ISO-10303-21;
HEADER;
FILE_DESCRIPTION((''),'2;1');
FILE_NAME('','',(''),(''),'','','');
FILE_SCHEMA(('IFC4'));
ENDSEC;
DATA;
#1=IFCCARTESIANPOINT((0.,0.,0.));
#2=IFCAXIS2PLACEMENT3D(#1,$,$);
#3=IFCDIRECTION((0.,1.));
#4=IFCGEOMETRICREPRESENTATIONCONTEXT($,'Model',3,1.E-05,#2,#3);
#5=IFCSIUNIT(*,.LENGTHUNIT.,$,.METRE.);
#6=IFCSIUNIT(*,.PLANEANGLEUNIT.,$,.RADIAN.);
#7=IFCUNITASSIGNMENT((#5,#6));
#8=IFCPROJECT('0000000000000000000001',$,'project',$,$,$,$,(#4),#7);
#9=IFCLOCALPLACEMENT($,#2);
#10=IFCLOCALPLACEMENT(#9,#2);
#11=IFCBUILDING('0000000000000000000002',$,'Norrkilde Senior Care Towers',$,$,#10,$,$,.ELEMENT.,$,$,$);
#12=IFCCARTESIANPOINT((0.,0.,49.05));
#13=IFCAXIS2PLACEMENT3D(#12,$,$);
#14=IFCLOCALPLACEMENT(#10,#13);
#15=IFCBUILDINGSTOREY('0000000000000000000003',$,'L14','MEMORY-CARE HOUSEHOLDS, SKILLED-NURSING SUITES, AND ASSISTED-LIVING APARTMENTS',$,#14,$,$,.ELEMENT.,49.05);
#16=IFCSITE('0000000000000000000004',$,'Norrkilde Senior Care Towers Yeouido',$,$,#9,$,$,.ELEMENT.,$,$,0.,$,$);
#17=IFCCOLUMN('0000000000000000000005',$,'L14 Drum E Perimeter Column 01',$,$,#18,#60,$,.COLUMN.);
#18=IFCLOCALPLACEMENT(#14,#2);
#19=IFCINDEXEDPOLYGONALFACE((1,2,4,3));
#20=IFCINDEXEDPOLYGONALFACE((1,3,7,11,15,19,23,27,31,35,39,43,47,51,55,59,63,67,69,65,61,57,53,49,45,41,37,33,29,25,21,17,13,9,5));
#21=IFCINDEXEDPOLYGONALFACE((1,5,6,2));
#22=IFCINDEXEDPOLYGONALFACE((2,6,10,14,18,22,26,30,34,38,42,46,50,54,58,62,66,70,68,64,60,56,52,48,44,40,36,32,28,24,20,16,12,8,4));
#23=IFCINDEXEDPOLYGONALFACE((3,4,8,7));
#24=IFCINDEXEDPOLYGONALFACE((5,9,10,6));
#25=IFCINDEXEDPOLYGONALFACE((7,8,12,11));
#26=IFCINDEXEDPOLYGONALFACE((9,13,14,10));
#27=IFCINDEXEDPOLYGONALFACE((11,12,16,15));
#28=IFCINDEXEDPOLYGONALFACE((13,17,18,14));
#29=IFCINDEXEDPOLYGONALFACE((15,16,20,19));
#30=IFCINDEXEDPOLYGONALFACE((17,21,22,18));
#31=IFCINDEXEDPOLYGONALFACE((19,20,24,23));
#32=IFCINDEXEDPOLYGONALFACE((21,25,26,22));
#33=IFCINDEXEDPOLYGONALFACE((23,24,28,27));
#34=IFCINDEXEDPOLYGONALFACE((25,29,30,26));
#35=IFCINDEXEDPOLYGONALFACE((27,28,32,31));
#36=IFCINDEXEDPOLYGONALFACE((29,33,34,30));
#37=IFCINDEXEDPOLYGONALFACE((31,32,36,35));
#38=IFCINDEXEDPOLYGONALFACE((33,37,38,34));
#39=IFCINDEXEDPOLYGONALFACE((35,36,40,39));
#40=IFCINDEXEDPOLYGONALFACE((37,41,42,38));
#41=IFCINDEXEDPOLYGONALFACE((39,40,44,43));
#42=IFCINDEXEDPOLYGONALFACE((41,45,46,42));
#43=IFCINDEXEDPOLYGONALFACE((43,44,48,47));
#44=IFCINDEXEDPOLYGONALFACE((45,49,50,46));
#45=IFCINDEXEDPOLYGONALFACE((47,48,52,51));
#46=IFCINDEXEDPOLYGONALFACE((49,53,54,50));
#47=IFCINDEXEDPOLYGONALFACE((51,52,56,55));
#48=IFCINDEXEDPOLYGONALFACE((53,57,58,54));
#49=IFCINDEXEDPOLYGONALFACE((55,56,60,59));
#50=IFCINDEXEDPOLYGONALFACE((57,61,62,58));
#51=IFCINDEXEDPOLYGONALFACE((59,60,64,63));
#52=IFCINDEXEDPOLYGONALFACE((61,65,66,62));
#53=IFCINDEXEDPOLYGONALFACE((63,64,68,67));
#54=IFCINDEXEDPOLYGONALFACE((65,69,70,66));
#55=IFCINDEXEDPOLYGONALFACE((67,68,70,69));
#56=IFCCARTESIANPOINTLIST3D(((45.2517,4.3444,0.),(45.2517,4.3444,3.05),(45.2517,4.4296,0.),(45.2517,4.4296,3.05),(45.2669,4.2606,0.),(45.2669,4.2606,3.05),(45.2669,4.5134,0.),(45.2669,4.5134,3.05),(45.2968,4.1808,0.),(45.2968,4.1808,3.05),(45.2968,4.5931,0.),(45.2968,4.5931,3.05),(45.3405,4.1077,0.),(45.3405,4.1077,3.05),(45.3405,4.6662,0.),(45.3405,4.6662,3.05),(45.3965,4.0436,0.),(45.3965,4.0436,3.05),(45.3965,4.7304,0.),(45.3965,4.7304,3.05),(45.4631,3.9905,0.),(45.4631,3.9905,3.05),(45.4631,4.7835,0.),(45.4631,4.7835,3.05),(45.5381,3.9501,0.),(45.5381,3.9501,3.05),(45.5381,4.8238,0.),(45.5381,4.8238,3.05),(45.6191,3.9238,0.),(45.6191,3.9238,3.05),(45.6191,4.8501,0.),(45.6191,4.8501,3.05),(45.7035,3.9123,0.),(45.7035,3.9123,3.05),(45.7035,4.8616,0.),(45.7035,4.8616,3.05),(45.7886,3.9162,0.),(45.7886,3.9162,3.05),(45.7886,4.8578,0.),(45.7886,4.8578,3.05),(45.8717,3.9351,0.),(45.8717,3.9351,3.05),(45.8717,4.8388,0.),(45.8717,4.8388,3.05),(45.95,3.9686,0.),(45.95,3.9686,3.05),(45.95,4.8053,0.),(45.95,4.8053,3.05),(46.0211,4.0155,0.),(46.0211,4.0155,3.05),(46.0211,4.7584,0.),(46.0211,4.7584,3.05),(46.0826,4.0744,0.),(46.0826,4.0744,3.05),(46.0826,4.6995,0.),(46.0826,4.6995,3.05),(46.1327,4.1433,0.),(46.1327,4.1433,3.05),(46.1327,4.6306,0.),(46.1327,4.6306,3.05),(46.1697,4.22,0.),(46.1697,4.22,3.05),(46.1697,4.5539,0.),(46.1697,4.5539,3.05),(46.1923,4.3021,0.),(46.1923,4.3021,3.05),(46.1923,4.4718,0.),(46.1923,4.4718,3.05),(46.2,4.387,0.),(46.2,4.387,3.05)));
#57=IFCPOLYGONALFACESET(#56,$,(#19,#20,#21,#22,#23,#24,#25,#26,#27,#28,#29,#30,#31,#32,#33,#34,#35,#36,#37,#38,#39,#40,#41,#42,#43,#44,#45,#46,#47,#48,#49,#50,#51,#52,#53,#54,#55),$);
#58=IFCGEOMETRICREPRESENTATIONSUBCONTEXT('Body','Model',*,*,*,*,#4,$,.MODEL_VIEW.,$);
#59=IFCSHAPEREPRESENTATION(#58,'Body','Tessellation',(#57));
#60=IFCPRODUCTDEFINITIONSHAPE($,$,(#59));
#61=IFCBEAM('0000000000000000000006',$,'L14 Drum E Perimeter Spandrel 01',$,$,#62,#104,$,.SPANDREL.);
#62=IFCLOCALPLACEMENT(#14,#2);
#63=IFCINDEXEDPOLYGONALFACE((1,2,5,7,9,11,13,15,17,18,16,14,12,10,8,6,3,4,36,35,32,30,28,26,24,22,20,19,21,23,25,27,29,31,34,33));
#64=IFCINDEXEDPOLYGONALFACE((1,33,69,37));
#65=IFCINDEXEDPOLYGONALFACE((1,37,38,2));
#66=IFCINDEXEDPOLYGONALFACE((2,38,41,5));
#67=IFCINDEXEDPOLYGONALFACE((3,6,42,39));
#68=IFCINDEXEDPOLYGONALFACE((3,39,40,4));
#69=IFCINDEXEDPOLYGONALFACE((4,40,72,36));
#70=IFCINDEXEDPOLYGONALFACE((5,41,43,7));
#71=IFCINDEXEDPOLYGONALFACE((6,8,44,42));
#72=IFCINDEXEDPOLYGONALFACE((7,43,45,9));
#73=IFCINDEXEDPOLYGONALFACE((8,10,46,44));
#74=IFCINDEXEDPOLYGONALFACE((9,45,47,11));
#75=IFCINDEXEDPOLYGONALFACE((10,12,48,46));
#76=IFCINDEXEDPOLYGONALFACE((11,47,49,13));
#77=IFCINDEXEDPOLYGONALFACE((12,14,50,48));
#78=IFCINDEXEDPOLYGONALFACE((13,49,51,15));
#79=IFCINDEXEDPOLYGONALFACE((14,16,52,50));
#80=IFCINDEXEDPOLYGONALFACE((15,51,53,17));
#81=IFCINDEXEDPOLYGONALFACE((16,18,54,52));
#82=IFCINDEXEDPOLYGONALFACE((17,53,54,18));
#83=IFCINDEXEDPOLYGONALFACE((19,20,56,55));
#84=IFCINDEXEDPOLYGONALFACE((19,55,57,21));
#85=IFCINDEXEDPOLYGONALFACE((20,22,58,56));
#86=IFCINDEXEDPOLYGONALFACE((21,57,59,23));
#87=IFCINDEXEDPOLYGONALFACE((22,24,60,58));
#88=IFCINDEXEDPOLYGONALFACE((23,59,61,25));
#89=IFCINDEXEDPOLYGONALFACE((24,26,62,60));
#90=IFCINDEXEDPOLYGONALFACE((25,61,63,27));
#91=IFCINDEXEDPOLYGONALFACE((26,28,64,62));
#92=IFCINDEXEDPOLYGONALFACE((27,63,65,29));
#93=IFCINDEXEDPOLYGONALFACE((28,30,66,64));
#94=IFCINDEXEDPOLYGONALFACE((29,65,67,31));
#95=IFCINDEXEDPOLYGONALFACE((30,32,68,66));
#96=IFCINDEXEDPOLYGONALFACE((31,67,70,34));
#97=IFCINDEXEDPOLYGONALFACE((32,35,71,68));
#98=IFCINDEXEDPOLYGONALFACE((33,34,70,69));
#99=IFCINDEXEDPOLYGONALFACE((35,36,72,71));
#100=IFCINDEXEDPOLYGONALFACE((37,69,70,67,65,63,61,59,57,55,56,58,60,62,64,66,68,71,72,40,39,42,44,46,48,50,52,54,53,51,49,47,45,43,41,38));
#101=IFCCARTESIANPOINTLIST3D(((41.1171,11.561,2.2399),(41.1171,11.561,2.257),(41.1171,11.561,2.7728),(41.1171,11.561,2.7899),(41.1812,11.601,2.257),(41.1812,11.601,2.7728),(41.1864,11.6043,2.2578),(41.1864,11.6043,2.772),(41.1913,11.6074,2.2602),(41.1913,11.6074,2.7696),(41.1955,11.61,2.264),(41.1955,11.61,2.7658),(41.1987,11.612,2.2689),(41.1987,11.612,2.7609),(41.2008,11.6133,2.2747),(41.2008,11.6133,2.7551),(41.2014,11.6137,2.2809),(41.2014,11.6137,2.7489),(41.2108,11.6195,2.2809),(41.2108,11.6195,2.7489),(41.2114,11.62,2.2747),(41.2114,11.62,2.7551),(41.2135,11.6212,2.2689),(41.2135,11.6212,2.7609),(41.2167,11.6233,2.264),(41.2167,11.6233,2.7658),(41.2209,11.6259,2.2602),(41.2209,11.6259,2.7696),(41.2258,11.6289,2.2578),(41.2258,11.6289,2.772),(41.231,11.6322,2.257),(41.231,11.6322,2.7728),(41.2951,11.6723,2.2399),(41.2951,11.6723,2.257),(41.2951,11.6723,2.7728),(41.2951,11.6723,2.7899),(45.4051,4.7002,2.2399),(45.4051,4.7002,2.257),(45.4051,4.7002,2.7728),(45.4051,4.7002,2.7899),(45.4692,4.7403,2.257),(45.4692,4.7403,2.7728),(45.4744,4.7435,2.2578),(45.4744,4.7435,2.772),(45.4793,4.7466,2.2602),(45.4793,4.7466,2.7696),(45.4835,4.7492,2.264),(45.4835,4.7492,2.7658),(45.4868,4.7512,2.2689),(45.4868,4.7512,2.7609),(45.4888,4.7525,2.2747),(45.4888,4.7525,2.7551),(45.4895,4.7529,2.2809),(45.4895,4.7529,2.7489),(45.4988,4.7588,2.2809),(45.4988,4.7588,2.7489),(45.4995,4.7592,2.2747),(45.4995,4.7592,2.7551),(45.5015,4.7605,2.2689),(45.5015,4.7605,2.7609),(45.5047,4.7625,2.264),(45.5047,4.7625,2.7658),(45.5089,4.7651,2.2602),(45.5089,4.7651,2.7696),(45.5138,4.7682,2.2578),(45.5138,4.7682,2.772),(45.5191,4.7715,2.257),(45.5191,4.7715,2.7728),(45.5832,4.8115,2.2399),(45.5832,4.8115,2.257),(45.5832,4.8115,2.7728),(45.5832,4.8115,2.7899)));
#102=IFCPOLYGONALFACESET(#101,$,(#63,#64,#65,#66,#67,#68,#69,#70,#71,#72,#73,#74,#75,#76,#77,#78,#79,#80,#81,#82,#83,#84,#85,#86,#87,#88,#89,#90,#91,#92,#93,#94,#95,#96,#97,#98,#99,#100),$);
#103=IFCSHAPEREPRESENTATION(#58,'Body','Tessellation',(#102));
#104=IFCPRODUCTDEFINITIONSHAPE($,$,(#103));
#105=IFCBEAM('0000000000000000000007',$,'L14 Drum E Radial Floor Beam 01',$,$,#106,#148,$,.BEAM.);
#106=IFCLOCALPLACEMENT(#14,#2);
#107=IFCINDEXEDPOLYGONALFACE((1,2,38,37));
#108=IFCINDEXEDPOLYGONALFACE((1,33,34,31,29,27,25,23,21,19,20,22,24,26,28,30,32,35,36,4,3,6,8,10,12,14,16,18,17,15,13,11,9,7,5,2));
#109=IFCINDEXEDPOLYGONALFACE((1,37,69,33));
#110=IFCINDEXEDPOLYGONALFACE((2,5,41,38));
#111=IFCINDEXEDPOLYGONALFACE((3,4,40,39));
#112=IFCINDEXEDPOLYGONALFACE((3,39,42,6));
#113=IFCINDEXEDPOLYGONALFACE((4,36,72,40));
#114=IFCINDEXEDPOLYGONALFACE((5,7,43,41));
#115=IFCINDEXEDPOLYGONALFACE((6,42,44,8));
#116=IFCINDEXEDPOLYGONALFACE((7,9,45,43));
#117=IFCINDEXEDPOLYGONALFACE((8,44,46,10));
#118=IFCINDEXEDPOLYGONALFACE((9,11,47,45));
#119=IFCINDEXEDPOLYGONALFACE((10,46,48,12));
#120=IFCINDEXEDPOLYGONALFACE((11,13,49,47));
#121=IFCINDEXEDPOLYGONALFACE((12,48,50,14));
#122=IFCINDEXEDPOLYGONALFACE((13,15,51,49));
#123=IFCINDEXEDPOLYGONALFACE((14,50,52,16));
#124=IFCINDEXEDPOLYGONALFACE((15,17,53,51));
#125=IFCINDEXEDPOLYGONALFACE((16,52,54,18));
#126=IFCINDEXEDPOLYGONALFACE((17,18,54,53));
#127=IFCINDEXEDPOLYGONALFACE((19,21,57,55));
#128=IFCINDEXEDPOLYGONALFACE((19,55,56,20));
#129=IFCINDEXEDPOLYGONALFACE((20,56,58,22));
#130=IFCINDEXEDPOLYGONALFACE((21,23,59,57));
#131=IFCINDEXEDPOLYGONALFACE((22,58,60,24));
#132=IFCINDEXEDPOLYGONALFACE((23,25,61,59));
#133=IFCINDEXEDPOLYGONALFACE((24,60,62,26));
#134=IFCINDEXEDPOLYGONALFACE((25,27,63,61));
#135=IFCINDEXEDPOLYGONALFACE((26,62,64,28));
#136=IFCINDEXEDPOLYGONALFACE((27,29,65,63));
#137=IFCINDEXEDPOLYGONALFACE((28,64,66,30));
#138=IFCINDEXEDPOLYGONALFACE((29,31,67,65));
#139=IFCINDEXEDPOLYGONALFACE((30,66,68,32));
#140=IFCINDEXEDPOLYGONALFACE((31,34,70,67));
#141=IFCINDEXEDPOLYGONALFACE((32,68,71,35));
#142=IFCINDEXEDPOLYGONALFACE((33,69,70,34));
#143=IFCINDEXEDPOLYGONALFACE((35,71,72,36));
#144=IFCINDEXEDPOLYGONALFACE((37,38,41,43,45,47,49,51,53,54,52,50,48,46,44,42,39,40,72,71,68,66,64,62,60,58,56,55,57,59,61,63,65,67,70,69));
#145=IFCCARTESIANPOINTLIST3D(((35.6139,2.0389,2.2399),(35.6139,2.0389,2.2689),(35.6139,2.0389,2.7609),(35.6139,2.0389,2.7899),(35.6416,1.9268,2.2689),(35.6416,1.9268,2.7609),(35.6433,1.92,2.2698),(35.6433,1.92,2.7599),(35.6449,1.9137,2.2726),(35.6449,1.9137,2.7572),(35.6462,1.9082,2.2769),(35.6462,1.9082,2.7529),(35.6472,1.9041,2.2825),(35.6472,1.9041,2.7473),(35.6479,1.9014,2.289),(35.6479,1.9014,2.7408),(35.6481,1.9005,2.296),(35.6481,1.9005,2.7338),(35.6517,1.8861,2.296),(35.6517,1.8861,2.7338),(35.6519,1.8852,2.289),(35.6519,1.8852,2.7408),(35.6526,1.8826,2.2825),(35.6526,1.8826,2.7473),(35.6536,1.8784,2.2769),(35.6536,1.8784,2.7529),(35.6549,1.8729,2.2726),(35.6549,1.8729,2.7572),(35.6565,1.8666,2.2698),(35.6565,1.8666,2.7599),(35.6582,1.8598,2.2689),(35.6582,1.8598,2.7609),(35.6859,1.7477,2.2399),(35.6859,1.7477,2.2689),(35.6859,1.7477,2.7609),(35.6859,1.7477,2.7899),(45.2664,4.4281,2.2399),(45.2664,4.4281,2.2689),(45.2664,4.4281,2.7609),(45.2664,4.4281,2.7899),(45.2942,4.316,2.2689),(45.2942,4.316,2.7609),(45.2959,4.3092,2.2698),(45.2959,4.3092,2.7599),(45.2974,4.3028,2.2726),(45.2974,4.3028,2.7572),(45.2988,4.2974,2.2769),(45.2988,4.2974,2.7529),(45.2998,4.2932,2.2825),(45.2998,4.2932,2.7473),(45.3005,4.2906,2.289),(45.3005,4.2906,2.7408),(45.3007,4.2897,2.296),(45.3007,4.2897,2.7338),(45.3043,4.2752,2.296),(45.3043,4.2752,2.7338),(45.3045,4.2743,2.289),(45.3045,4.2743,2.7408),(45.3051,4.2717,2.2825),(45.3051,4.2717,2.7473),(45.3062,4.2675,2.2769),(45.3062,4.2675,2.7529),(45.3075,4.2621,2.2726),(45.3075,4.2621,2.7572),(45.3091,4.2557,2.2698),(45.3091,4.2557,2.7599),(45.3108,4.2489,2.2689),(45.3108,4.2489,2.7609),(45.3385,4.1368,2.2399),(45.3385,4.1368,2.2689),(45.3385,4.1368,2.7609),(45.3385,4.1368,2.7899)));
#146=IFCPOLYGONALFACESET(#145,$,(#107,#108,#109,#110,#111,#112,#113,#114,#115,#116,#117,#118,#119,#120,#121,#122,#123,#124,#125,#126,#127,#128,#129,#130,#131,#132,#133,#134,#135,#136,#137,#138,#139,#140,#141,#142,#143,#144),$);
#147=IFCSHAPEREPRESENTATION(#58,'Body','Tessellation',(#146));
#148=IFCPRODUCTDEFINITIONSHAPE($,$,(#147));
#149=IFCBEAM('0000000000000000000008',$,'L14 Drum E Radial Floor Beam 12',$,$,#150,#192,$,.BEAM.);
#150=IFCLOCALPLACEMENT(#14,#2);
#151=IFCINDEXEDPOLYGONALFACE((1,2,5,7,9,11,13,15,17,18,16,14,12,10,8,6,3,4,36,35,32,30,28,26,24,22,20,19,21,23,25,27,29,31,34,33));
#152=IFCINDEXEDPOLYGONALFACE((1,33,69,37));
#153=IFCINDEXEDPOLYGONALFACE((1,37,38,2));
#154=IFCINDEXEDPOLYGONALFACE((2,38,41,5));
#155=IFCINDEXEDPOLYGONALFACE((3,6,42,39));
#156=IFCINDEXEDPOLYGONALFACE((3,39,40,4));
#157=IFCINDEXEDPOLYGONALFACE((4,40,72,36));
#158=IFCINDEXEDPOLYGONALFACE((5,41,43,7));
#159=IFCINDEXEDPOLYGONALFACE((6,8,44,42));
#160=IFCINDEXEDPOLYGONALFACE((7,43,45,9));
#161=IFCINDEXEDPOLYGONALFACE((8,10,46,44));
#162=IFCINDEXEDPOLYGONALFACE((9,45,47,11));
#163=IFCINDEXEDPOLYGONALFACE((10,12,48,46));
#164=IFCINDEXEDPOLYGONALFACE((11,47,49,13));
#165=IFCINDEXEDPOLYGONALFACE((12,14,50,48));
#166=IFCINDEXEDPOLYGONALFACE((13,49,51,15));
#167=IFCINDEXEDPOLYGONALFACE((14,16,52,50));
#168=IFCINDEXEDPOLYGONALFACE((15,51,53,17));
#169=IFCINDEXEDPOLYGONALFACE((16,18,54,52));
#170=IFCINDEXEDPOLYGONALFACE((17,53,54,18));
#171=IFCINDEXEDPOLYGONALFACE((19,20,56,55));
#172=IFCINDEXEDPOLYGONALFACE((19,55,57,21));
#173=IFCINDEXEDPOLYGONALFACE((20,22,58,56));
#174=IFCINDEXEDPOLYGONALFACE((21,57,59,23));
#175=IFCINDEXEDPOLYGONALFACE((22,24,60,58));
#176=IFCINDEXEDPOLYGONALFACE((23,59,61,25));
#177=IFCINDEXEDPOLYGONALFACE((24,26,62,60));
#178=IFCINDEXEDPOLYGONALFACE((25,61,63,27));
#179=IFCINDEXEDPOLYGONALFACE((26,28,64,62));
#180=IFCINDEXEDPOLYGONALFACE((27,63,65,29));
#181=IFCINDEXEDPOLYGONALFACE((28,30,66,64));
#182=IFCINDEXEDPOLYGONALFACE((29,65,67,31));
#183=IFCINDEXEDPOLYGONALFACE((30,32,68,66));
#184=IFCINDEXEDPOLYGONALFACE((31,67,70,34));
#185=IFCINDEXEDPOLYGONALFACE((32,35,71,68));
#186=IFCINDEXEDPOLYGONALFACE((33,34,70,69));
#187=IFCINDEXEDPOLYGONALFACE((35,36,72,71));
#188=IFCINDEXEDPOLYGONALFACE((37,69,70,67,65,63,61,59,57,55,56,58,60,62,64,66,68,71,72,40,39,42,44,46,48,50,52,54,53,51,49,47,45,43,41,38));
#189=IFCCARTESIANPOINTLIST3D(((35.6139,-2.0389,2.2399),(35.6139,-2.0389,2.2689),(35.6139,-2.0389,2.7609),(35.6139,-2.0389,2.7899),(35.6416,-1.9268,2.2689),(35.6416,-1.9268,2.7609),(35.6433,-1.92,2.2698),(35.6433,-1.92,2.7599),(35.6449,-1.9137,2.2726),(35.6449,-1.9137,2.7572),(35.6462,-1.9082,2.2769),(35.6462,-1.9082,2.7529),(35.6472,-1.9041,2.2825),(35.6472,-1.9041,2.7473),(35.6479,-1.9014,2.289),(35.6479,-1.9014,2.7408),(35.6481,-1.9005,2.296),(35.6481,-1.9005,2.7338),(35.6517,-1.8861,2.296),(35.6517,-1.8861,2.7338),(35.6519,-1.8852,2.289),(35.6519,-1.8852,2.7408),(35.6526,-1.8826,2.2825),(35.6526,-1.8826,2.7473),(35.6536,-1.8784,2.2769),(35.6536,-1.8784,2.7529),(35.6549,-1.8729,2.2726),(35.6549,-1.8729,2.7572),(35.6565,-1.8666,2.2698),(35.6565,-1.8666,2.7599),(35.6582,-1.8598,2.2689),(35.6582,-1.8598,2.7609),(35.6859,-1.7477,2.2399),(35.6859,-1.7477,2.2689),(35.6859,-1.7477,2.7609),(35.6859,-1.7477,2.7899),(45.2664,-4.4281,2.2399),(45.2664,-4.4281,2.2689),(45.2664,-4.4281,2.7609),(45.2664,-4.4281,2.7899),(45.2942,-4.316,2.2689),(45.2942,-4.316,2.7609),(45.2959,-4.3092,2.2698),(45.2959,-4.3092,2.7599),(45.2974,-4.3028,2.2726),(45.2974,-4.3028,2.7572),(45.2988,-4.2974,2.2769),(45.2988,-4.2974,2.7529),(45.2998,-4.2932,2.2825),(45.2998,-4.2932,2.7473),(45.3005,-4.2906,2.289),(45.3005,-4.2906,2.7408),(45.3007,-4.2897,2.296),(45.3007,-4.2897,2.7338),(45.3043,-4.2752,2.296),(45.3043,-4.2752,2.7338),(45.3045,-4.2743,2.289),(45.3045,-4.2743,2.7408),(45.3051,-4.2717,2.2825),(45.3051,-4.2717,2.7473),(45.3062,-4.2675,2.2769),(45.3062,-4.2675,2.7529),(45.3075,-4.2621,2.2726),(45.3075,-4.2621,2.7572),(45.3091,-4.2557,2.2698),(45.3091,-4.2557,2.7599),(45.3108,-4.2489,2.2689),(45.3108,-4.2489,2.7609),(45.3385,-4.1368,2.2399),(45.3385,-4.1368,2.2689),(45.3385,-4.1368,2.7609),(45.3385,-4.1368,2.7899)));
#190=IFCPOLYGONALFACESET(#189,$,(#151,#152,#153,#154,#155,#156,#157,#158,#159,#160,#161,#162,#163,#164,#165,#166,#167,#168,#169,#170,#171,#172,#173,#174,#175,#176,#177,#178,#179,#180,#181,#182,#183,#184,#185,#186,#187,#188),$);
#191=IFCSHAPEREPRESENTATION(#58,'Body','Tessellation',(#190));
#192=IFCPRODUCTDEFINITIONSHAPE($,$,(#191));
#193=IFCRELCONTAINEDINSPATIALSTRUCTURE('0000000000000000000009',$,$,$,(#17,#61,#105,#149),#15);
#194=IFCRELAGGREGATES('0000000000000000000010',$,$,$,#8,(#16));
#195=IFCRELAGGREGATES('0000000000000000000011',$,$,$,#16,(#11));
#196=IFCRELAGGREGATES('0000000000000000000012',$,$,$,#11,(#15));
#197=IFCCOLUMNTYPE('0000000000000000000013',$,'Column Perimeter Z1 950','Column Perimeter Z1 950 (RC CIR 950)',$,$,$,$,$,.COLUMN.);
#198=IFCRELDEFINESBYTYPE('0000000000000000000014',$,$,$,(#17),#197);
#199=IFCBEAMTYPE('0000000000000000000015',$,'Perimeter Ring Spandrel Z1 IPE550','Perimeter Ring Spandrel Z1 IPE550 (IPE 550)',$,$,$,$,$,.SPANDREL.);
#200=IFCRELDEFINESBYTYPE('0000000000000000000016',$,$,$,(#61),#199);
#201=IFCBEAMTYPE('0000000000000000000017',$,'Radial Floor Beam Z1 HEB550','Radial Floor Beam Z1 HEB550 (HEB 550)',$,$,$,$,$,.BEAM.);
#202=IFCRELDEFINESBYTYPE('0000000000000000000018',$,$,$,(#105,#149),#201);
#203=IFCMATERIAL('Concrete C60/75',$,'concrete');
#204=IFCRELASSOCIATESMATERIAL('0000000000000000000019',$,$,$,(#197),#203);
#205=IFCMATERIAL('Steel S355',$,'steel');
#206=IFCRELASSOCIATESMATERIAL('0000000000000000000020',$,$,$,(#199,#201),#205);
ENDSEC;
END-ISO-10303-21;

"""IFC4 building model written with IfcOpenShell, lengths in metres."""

from ifc_helpers import new_model, si_unit, direction, frame, origin, origin_2d, place, context, subcontext, project, spatial, circle, i_section, extrude, source, transform, mapped, material, material_profile, profile_set, type_object, type_shapes, element, save


model = new_model("IFC4")

# Units and contexts
model_context = context("Model", 3, precision=1e-05, world=origin(), true_north=direction((0.0, 1.0)))
body_context = subcontext(model_context, "Body", "Model", "MODEL_VIEW")
ifc_project = project(units=[si_unit("LENGTHUNIT", "METRE"), si_unit("PLANEANGLEUNIT", "RADIAN")], contexts=[model_context])

# Site, building, storey
site_placement = place(None, origin())
site = spatial("IfcSite", under=ifc_project, at=site_placement, Name="Norrkilde Senior Care Towers Yeouido", CompositionType="ELEMENT", RefElevation=0.0)
building_placement = place(site_placement, origin())
building = spatial("IfcBuilding", under=site, at=building_placement, Name="Norrkilde Senior Care Towers", CompositionType="ELEMENT")
storey_placement = place(building_placement, frame((0.0, 0.0, 49.05)))
storey = spatial("IfcBuildingStorey", under=building, at=storey_placement, Name="L14", Description="MEMORY-CARE HOUSEHOLDS, SKILLED-NURSING SUITES, AND ASSISTED-LIVING APARTMENTS", CompositionType="ELEMENT", Elevation=49.05)

# Column
ifc_material_1 = material(Name="Concrete C60/75", Category="concrete")
ifc_material_profile_1 = material_profile(ifc_material_1, circle(Radius=0.4751, at=origin_2d()), Name="RC CIR 950")
ifc_profile_set_1 = profile_set([ifc_material_profile_1], Name="Concrete C60/75")
column_type = type_object("IfcColumnType", Name="Column Perimeter Z1 950", Description="Column Perimeter Z1 950 (RC CIR 950)", PredefinedType="COLUMN", material=ifc_profile_set_1)
shared_shape_1 = source(origin(), body_context, "Body", "SweptSolid", [
    extrude(circle(Radius=0.4751, at=origin_2d()), origin(), (0.0, 0.0, 1.0), 3.05),
])
type_shapes(column_type, [shared_shape_1])
column_placement = place(storey_placement, frame((45.7249, 4.387, 0.0), z_axis=(0.0, 0.0, 1.0), x_axis=(1.0, 0.0, 0.0)))
element("IfcColumn", 1, at=column_placement, inside=storey, type_object=column_type, Name="L14 Drum E Perimeter Column 01", PredefinedType="COLUMN", context=body_context, shape_type="MappedRepresentation", body=[
    mapped(shared_shape_1, transform((0.0, 0.0, 0.0), x_axis=(1.0, 0.0, 0.0), y_axis=(0.0, 1.0, 0.0), z_axis=(0.0, 0.0, 1.0), scale=1.0)),
])

# Beams
ifc_material_2 = material(Name="Steel S355", Category="steel")
ifc_material_profile_2 = material_profile(ifc_material_2, i_section(OverallWidth=0.21, OverallDepth=0.55, WebThickness=0.011, FlangeThickness=0.0171, FilletRadius=0.0239, at=origin_2d()), Name="IPE 550")
ifc_profile_set_2 = profile_set([ifc_material_profile_2], Name="Steel S355")
beam_type_1 = type_object("IfcBeamType", Name="Perimeter Ring Spandrel Z1 IPE550", Description="Perimeter Ring Spandrel Z1 IPE550 (IPE 550)", PredefinedType="SPANDREL", material=ifc_profile_set_2)
shared_shape_2 = source(origin(), body_context, "Body", "SweptSolid", [
    extrude(i_section(OverallWidth=0.21, OverallDepth=0.55, WebThickness=0.011, FlangeThickness=0.0171, FilletRadius=0.0239, at=origin_2d()), origin(), (0.0, 0.0, 1.0), 8.0906),
])
type_shapes(beam_type_1, [shared_shape_2])
beam_1_placement = place(storey_placement, frame((45.4941, 4.7559, 2.5149), z_axis=(-0.530004, 0.847995, 0.0), x_axis=(-0.847995, -0.530004, 0.0)))
element("IfcBeam", 2, at=beam_1_placement, inside=storey, type_object=beam_type_1, Name="L14 Drum E Perimeter Spandrel 01", PredefinedType="SPANDREL", context=body_context, shape_type="MappedRepresentation", body=[
    mapped(shared_shape_2, transform((0.0, 0.0, 0.0), x_axis=(1.0, 0.0, 0.0), y_axis=(0.0, 1.0, 0.0), z_axis=(0.0, 0.0, 1.0), scale=1.0)),
])
ifc_material_profile_3 = material_profile(ifc_material_2, i_section(OverallWidth=0.3, OverallDepth=0.55, WebThickness=0.0149, FlangeThickness=0.0291, FilletRadius=0.0271, at=origin_2d()), Name="HEB 550")
ifc_profile_set_3 = profile_set([ifc_material_profile_3], Name="Steel S355")
beam_type_2 = type_object("IfcBeamType", Name="Radial Floor Beam Z1 HEB550", Description="Radial Floor Beam Z1 HEB550 (HEB 550)", PredefinedType="BEAM", material=ifc_profile_set_3)
shared_shape_3 = source(origin(), body_context, "Body", "SweptSolid", [
    extrude(i_section(OverallWidth=0.3, OverallDepth=0.55, WebThickness=0.0149, FlangeThickness=0.0291, FilletRadius=0.0271, at=origin_2d()), origin(), (0.0, 0.0, 1.0), 9.9438),
])
type_shapes(beam_type_2, [shared_shape_3])
for number, where, z_axis, x_axis, name in (
    (3, (35.6499, 1.8933, 2.5149), (0.970707, 0.240265, 0.0), (-0.240265, 0.970707, 0.0), "L14 Drum E Radial Floor Beam 01"),
    (4, (35.6499, -1.8933, 2.5149), (0.970707, -0.240265, 0.0), (0.240265, 0.970707, 0.0), "L14 Drum E Radial Floor Beam 12"),
):
    element("IfcBeam", number, at=place(storey_placement, frame(where, z_axis=z_axis, x_axis=x_axis)), inside=storey, type_object=beam_type_2, Name=name, PredefinedType="BEAM", context=body_context, shape_type="MappedRepresentation", body=[
        mapped(shared_shape_3, transform((0.0, 0.0, 0.0), x_axis=(1.0, 0.0, 0.0), y_axis=(0.0, 1.0, 0.0), z_axis=(0.0, 0.0, 1.0), scale=1.0)),
    ])

save(model, "model.ifc")
